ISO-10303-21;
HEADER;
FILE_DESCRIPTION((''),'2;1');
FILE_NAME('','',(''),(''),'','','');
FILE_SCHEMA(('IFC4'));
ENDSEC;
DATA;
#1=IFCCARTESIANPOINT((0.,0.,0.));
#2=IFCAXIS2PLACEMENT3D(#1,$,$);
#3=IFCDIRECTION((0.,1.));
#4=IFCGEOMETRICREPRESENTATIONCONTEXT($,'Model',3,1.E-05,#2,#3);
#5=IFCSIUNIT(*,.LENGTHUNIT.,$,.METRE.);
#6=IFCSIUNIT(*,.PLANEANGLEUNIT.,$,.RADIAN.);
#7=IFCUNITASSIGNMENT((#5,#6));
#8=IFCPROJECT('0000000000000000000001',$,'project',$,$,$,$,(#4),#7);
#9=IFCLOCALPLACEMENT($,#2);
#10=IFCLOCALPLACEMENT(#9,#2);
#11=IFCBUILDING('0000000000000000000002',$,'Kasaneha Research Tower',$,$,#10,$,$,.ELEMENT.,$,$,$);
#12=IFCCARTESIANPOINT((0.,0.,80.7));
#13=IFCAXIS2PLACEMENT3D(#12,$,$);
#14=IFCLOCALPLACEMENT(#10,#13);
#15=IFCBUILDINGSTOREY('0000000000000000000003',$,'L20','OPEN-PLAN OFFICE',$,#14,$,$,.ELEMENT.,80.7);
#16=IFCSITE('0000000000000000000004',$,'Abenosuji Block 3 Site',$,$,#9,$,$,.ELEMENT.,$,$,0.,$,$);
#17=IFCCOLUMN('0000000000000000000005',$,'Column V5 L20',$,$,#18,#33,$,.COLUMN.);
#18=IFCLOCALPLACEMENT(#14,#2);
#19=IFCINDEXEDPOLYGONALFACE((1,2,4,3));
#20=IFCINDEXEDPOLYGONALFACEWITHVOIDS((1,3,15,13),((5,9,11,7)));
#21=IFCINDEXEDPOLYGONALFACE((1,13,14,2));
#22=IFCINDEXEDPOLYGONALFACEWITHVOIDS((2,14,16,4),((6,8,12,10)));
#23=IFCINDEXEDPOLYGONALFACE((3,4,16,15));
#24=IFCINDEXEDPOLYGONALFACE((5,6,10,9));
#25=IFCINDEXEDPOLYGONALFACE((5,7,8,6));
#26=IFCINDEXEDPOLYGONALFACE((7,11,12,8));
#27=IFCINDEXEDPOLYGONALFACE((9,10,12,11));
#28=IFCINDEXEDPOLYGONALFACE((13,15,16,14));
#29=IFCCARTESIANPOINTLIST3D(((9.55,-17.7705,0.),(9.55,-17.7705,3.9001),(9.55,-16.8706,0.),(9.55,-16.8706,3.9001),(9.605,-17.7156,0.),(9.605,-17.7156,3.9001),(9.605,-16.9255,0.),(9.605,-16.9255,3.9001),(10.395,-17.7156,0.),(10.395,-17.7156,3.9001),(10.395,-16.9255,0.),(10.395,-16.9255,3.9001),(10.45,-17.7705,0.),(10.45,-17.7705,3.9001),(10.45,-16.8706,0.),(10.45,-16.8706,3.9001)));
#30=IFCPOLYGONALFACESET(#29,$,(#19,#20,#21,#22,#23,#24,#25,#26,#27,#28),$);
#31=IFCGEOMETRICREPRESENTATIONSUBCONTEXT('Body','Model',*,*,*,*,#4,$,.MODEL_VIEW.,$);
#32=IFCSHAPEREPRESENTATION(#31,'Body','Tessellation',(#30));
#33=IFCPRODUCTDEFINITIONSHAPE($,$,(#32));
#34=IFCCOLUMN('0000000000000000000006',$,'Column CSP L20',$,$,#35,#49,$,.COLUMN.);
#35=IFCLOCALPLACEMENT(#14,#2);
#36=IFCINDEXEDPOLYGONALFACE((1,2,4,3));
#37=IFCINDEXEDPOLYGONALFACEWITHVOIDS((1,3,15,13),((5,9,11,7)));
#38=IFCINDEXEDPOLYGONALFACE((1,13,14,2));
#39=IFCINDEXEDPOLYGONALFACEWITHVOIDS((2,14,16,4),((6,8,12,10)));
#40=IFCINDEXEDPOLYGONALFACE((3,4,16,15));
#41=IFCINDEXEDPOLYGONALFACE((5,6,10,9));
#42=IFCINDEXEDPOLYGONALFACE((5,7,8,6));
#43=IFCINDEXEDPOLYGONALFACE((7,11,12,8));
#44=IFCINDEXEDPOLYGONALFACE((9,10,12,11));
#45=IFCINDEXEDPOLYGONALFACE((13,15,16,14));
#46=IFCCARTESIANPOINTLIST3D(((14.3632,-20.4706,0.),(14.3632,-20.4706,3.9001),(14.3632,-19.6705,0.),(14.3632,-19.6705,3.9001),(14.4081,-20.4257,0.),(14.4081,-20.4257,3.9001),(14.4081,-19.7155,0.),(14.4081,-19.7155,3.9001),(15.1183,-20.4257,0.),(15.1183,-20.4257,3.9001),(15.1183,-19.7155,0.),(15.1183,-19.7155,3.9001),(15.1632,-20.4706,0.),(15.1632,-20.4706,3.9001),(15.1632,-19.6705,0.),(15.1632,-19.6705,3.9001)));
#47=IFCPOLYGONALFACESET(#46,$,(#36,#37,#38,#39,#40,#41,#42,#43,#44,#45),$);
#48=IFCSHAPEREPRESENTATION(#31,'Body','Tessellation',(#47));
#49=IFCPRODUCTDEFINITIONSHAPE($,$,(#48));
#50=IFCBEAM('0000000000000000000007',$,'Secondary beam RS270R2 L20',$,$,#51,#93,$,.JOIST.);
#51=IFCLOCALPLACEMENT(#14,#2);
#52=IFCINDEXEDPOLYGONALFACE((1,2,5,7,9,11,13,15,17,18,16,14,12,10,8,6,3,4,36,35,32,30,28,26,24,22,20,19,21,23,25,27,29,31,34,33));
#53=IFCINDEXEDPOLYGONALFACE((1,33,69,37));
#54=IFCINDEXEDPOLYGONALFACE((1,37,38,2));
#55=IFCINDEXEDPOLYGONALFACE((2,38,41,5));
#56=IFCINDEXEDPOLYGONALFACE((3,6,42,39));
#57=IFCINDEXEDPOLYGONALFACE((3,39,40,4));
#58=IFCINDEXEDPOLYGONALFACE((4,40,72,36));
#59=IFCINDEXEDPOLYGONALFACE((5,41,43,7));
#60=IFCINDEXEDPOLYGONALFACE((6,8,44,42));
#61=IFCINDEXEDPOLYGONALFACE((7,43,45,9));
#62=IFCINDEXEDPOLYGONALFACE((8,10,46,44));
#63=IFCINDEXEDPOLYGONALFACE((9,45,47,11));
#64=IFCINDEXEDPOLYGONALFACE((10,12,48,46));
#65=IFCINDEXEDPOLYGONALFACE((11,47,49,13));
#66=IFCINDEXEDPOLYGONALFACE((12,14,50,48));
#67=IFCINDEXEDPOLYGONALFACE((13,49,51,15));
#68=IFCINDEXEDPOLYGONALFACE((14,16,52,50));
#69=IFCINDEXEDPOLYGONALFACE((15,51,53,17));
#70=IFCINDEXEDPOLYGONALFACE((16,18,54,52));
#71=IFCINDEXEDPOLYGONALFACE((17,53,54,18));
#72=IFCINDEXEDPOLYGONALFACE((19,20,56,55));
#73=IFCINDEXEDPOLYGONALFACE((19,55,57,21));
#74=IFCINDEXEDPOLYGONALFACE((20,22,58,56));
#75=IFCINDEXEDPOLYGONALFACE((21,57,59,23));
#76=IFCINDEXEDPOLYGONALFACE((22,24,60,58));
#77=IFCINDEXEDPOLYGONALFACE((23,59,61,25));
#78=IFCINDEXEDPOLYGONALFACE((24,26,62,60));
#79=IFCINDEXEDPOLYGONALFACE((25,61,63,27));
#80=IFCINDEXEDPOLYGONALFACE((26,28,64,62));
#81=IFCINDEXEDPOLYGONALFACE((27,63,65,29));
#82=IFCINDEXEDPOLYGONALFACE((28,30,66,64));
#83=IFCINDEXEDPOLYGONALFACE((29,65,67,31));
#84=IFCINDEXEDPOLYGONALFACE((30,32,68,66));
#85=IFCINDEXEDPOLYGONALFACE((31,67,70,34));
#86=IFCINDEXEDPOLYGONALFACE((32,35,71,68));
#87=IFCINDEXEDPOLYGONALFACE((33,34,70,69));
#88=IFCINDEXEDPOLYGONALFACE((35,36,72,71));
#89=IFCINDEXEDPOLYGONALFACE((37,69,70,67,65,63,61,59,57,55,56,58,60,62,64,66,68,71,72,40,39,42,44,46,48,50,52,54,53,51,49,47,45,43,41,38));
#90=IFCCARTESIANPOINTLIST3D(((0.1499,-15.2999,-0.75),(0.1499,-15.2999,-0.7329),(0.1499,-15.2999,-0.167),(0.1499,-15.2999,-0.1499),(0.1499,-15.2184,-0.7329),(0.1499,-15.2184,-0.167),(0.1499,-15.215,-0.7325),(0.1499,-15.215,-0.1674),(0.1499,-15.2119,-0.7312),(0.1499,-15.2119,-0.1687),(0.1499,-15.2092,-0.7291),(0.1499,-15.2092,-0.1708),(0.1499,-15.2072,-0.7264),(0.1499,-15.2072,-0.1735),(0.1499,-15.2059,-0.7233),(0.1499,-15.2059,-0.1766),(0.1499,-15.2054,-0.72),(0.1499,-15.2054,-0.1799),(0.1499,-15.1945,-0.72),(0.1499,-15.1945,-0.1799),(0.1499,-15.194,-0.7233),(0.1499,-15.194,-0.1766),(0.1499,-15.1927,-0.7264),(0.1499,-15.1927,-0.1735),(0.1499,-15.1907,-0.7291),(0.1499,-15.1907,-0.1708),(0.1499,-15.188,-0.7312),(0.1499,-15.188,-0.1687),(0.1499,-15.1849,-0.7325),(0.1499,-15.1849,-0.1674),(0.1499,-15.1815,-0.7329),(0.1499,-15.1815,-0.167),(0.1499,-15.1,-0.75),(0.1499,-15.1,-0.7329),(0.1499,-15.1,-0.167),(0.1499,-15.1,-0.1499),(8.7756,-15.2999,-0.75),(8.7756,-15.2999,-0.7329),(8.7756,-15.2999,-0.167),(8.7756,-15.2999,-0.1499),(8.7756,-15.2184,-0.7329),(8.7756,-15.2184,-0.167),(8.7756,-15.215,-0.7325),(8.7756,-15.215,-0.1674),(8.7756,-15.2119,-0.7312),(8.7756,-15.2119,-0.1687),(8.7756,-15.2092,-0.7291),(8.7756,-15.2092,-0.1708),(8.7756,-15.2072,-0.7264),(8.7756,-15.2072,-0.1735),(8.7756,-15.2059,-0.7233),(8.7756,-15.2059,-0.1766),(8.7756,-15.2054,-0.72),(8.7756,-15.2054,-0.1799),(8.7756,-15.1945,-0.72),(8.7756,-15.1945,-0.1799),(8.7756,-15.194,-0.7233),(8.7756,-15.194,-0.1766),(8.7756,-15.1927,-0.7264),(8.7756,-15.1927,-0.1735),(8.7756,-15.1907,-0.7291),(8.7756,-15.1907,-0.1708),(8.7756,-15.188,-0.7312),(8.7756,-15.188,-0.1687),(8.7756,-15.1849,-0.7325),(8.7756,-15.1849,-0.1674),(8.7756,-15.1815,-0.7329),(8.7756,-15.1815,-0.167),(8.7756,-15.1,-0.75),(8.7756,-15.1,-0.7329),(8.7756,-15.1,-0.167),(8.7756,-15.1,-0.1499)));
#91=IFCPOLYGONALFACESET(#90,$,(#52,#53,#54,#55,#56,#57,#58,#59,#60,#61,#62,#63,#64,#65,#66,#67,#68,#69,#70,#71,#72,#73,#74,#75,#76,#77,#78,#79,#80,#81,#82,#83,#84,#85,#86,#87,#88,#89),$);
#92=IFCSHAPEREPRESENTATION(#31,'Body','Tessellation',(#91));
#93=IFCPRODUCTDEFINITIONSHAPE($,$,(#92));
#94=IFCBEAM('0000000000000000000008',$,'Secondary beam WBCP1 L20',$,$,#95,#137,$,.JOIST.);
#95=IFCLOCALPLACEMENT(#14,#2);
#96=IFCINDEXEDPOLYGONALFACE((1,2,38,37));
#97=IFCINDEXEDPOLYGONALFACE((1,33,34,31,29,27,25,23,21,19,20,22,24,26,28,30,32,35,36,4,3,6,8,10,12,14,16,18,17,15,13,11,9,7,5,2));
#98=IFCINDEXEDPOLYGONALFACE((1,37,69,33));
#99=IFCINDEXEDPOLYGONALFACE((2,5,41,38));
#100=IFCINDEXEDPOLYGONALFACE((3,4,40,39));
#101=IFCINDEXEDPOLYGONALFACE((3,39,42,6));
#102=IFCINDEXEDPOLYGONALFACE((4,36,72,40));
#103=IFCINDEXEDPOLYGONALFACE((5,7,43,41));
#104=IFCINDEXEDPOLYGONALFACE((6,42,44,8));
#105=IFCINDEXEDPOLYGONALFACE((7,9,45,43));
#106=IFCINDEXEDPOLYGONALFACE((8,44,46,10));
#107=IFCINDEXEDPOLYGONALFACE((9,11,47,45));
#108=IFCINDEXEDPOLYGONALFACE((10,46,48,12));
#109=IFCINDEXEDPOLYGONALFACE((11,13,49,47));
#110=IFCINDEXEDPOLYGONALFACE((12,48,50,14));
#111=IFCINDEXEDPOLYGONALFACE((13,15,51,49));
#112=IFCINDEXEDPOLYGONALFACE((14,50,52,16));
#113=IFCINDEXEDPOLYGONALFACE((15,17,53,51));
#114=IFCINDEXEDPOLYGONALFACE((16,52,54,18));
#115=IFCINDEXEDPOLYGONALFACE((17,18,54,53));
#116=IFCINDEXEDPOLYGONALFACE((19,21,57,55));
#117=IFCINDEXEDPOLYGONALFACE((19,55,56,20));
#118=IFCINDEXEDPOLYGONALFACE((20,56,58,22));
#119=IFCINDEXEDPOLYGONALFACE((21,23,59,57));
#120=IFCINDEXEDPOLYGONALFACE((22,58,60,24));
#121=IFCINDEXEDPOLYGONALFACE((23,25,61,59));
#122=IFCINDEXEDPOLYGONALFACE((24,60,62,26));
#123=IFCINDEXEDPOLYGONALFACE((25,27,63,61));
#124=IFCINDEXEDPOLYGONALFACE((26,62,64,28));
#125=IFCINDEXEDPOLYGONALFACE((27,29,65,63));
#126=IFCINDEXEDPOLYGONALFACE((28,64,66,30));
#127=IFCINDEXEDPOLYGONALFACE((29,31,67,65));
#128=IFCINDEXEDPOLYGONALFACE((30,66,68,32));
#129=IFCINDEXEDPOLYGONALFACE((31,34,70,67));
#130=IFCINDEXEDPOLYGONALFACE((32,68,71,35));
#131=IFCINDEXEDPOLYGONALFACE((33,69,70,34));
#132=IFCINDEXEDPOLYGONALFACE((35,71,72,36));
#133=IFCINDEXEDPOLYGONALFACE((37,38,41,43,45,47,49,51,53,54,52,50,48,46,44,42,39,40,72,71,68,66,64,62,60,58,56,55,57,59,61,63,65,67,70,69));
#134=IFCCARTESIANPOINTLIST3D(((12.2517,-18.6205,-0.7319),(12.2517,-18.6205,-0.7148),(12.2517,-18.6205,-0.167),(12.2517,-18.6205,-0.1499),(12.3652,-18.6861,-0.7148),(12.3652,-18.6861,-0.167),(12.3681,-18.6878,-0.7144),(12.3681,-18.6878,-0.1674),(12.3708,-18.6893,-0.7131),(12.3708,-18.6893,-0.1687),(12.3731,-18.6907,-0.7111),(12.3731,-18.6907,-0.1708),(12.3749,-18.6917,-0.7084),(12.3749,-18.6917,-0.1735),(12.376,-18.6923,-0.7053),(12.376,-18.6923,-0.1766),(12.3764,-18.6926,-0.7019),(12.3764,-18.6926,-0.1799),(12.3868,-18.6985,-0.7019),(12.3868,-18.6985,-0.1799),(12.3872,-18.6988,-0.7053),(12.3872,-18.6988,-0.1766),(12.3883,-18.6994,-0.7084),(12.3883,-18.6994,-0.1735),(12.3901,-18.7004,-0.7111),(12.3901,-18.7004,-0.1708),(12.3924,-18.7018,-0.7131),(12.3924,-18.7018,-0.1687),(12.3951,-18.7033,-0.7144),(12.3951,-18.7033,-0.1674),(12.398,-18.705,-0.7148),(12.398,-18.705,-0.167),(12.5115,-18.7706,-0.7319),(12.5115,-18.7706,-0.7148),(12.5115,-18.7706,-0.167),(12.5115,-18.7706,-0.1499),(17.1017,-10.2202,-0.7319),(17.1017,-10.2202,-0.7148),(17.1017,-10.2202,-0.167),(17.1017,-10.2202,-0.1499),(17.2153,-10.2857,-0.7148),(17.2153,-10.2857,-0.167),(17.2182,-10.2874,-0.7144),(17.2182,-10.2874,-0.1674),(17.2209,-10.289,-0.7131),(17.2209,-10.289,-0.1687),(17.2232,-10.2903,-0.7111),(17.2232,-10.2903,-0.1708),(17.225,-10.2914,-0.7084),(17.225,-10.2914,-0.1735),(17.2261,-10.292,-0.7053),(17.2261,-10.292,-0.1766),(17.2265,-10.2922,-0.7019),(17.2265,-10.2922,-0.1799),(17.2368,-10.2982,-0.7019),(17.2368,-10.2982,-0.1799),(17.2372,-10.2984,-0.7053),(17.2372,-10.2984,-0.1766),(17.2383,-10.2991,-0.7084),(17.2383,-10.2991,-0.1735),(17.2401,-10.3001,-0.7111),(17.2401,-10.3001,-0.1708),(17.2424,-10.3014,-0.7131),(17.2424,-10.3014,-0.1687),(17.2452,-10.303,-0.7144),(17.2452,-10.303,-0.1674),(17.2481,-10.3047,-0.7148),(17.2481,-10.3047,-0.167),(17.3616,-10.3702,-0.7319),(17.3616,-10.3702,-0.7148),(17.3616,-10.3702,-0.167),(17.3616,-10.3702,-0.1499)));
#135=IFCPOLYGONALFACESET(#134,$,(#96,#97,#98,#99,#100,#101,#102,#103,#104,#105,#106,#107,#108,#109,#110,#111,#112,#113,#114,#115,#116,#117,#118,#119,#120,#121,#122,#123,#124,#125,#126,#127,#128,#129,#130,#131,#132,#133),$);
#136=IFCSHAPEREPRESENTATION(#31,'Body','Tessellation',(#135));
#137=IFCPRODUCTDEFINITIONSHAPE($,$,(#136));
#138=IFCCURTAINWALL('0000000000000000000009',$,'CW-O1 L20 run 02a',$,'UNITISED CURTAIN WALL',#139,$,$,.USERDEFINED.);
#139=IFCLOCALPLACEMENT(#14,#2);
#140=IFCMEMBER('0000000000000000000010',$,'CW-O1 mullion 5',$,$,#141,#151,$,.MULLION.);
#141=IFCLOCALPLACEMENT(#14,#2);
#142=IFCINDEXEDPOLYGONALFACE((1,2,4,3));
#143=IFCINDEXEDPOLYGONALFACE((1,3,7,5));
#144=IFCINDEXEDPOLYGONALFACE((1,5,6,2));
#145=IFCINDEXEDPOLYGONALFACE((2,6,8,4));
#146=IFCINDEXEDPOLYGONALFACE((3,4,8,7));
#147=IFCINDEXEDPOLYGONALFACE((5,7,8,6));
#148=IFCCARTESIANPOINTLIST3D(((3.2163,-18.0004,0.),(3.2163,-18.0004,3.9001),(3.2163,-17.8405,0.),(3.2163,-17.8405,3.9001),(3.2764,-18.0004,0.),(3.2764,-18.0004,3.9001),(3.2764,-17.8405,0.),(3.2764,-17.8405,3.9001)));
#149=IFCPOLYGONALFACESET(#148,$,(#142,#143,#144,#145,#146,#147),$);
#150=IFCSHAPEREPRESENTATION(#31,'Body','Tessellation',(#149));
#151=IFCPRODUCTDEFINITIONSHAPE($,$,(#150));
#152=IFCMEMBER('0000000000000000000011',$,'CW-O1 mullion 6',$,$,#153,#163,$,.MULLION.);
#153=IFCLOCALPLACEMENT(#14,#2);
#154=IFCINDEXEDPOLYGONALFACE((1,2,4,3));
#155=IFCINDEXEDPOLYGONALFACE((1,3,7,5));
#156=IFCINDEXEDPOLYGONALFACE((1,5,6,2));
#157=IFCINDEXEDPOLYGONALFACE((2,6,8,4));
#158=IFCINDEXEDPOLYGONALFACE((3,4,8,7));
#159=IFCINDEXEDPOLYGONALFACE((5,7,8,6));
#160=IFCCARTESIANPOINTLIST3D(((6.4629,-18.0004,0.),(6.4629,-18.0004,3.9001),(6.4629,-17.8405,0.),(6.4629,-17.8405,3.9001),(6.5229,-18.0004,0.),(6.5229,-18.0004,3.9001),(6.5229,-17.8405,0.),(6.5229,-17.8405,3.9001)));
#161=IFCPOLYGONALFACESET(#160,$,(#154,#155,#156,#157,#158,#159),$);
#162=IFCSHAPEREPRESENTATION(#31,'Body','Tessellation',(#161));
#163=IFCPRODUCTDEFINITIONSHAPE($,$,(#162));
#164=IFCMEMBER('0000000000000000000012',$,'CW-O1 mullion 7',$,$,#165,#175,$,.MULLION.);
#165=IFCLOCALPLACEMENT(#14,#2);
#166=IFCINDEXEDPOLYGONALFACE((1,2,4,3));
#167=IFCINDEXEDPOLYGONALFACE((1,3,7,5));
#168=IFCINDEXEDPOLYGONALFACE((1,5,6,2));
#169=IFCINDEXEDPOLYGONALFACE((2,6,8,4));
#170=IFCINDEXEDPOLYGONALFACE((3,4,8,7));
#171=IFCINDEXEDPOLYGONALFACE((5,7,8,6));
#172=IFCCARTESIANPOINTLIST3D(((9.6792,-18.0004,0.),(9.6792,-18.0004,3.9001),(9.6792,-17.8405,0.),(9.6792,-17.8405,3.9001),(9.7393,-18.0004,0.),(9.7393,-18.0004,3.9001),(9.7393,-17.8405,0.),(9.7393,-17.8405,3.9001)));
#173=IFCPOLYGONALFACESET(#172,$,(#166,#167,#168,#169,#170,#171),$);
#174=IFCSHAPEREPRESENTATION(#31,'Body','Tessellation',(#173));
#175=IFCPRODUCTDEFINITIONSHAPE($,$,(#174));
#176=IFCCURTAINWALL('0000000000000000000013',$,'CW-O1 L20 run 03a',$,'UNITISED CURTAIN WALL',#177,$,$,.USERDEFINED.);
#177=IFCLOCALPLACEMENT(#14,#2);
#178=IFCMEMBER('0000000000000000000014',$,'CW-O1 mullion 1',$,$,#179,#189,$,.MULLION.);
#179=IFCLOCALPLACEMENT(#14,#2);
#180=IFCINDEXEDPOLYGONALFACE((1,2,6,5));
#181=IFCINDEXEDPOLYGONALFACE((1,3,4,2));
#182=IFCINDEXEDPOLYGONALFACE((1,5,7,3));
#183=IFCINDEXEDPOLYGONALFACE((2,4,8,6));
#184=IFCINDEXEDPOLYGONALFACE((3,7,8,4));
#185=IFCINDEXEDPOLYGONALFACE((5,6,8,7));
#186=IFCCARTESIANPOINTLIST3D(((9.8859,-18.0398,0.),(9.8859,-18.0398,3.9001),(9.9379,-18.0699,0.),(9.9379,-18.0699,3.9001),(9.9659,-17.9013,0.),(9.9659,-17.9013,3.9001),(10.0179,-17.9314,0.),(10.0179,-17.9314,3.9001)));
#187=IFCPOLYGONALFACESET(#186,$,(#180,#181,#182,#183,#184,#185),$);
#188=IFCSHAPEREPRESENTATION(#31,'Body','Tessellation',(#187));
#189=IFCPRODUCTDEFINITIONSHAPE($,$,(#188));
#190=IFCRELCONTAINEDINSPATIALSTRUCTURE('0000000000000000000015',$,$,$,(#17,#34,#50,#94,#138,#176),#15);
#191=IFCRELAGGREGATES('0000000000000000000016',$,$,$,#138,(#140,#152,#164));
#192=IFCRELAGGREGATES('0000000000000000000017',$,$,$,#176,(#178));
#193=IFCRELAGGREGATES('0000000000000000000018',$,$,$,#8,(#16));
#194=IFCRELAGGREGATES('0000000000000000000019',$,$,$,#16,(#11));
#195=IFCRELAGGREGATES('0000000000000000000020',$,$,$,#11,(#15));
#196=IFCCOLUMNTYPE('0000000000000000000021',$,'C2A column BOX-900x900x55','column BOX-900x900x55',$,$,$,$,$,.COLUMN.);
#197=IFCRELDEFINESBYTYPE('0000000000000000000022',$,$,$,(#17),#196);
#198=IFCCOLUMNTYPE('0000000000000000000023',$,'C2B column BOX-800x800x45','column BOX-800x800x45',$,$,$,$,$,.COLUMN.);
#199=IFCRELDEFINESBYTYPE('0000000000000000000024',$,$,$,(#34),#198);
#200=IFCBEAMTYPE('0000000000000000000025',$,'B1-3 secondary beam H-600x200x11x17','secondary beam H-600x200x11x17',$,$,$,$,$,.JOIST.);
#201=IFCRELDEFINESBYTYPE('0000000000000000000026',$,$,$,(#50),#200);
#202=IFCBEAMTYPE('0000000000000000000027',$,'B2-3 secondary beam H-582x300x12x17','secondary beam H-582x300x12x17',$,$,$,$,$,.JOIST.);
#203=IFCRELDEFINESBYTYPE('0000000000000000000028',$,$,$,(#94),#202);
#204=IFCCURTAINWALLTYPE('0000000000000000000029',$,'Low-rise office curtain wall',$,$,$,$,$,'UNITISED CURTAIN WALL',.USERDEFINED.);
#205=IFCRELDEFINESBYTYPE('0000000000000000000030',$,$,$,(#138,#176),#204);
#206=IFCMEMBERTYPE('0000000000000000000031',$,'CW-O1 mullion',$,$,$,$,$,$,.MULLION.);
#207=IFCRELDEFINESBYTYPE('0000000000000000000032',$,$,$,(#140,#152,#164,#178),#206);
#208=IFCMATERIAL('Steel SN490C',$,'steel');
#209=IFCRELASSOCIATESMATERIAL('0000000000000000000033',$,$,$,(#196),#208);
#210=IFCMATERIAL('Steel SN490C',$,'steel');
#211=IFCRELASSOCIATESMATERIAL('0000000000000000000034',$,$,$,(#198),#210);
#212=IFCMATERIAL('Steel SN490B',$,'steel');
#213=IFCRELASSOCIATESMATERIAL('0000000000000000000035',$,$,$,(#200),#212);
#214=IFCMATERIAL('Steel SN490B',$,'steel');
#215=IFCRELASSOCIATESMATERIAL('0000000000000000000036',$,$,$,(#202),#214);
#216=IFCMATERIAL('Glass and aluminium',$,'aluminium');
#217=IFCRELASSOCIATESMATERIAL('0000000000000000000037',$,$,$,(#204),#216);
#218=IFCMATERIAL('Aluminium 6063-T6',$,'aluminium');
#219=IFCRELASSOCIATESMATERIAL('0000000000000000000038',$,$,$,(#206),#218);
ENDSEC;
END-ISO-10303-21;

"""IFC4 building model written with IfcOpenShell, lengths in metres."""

from ifc_helpers import new_model, si_unit, direction, frame, origin, origin_2d, place, context, subcontext, project, spatial, rectangle, hollow_rectangle, i_section, extrude, material, material_profile, profile_set, type_object, element, aggregate, save


model = new_model("IFC4")

# Units and contexts
model_context = context("Model", 3, precision=1e-05, world=origin(), true_north=direction((0.0, 1.0)))
body_context = subcontext(model_context, "Body", "Model", "MODEL_VIEW")
ifc_project = project(units=[si_unit("LENGTHUNIT", "METRE"), si_unit("PLANEANGLEUNIT", "RADIAN")], contexts=[model_context])

# Site, building, storey
site_placement = place(None, origin())
site = spatial("IfcSite", under=ifc_project, at=site_placement, Name="Abenosuji Block 3 Site", CompositionType="ELEMENT", RefElevation=0.0)
building_placement = place(site_placement, origin())
building = spatial("IfcBuilding", under=site, at=building_placement, Name="Kasaneha Research Tower", CompositionType="ELEMENT")
storey_placement = place(building_placement, frame((0.0, 0.0, 80.7)))
storey = spatial("IfcBuildingStorey", under=building, at=storey_placement, Name="L20", Description="OPEN-PLAN OFFICE", CompositionType="ELEMENT", Elevation=80.7)

# Columns
ifc_material_1 = material(Name="Steel SN490C", Category="steel")
ifc_material_profile_1 = material_profile(ifc_material_1, hollow_rectangle(XDim=0.8999, YDim=0.8999, WallThickness=0.0549, at=origin_2d()), Name="BOX-900x900x55")
ifc_profile_set_1 = profile_set([ifc_material_profile_1], Name="Steel SN490C")
column_type_1 = type_object("IfcColumnType", Name="C2A column BOX-900x900x55", Description="column BOX-900x900x55", PredefinedType="COLUMN", material=ifc_profile_set_1)
column_1_placement = place(storey_placement, frame((10.0, -17.3206, 0.0), z_axis=(0.0, 0.0, 1.0), x_axis=(1.0, 0.0, 0.0)))
element("IfcColumn", 1, at=column_1_placement, inside=storey, type_object=column_type_1, Name="Column V5 L20", PredefinedType="COLUMN", context=body_context, shape_type="SweptSolid", body=[
    extrude(hollow_rectangle(XDim=0.8999, YDim=0.8999, WallThickness=0.0549, at=origin_2d()), origin(), (0.0, 0.0, 1.0), 3.9001),
])
ifc_material_2 = material(Name="Steel SN490C", Category="steel")
ifc_material_profile_2 = material_profile(ifc_material_2, hollow_rectangle(XDim=0.8, YDim=0.8, WallThickness=0.0449, at=origin_2d()), Name="BOX-800x800x45")
ifc_profile_set_2 = profile_set([ifc_material_profile_2], Name="Steel SN490C")
column_type_2 = type_object("IfcColumnType", Name="C2B column BOX-800x800x45", Description="column BOX-800x800x45", PredefinedType="COLUMN", material=ifc_profile_set_2)
column_2_placement = place(storey_placement, frame((14.7632, -20.0706, 0.0), z_axis=(0.0, 0.0, 1.0), x_axis=(1.0, 0.0, 0.0)))
element("IfcColumn", 2, at=column_2_placement, inside=storey, type_object=column_type_2, Name="Column CSP L20", PredefinedType="COLUMN", context=body_context, shape_type="SweptSolid", body=[
    extrude(hollow_rectangle(XDim=0.8, YDim=0.8, WallThickness=0.0449, at=origin_2d()), origin(), (0.0, 0.0, 1.0), 3.9001),
])

# Beams
ifc_material_3 = material(Name="Steel SN490B", Category="steel")
ifc_material_profile_3 = material_profile(ifc_material_3, i_section(OverallWidth=0.2, OverallDepth=0.6001, WebThickness=0.011, FlangeThickness=0.0171, FilletRadius=0.0129, at=origin_2d()), Name="H-600x200x11x17")
ifc_profile_set_3 = profile_set([ifc_material_profile_3], Name="Steel SN490B")
beam_type_1 = type_object("IfcBeamType", Name="B1-3 secondary beam H-600x200x11x17", Description="secondary beam H-600x200x11x17", PredefinedType="JOIST", material=ifc_profile_set_3)
beam_1_placement = place(storey_placement, frame((8.7756, -15.2, -0.45), z_axis=(-1.0, 0.0, 0.0), x_axis=(0.0, -1.0, 0.0)))
element("IfcBeam", 3, at=beam_1_placement, inside=storey, type_object=beam_type_1, Name="Secondary beam RS270R2 L20", PredefinedType="JOIST", context=body_context, shape_type="SweptSolid", body=[
    extrude(i_section(OverallWidth=0.2, OverallDepth=0.6001, WebThickness=0.011, FlangeThickness=0.0171, FilletRadius=0.0129, at=origin_2d()), origin(), (0.0, 0.0, 1.0), 8.6257),
])
ifc_material_4 = material(Name="Steel SN490B", Category="steel")
ifc_material_profile_4 = material_profile(ifc_material_4, i_section(OverallWidth=0.3, OverallDepth=0.582, WebThickness=0.012, FlangeThickness=0.0171, FilletRadius=0.0129, at=origin_2d()), Name="H-582x300x12x17")
ifc_profile_set_4 = profile_set([ifc_material_profile_4], Name="Steel SN490B")
beam_type_2 = type_object("IfcBeamType", Name="B2-3 secondary beam H-582x300x12x17", Description="secondary beam H-582x300x12x17", PredefinedType="JOIST", material=ifc_profile_set_4)
beam_2_placement = place(storey_placement, frame((12.3816, -18.6956, -0.4409), z_axis=(0.50001, 0.86602, 0.0), x_axis=(-0.86602, 0.50001, 0.0)))
element("IfcBeam", 4, at=beam_2_placement, inside=storey, type_object=beam_type_2, Name="Secondary beam WBCP1 L20", PredefinedType="JOIST", context=body_context, shape_type="SweptSolid", body=[
    extrude(i_section(OverallWidth=0.3, OverallDepth=0.582, WebThickness=0.012, FlangeThickness=0.0171, FilletRadius=0.0129, at=origin_2d()), origin(), (0.0, 0.0, 1.0), 9.7),
])

# Curtain walls, members
ifc_material_5 = material(Name="Glass and aluminium", Category="aluminium")
curtain_wall_type = type_object("IfcCurtainWallType", Name="Low-rise office curtain wall", ElementType="UNITISED CURTAIN WALL", PredefinedType="USERDEFINED", material=ifc_material_5)
curtain_wall_1_placement = place(storey_placement, origin())
curtain_wall_1 = element("IfcCurtainWall", 5, at=curtain_wall_1_placement, inside=storey, type_object=curtain_wall_type, Name="CW-O1 L20 run 02a", ObjectType="UNITISED CURTAIN WALL", PredefinedType="USERDEFINED")
ifc_material_6 = material(Name="Aluminium 6063-T6", Category="aluminium")
ifc_material_profile_5 = material_profile(ifc_material_6, rectangle(XDim=0.0601, YDim=0.1599, at=origin_2d()), Name="CW-O1 mullion 60x160")
ifc_profile_set_5 = profile_set([ifc_material_profile_5], Name="Aluminium 6063-T6")
member_type_1 = type_object("IfcMemberType", Name="CW-O1 mullion", PredefinedType="MULLION", material=ifc_profile_set_5)
member_1_placement = place(storey_placement, frame((3.2463, -17.9204, 0.0), z_axis=(0.0, 0.0, 1.0), x_axis=(1.0, 0.0, 0.0)))
member_1 = element("IfcMember", 6, at=member_1_placement, type_object=member_type_1, Name="CW-O1 mullion 5", PredefinedType="MULLION", context=body_context, shape_type="SweptSolid", body=[
    extrude(rectangle(XDim=0.0601, YDim=0.1599, at=origin_2d()), origin(), (0.0, 0.0, 1.0), 3.9001),
])
member_2_placement = place(storey_placement, frame((6.4929, -17.9204, 0.0), z_axis=(0.0, 0.0, 1.0), x_axis=(1.0, 0.0, 0.0)))
member_2 = element("IfcMember", 7, at=member_2_placement, type_object=member_type_1, Name="CW-O1 mullion 6", PredefinedType="MULLION", context=body_context, shape_type="SweptSolid", body=[
    extrude(rectangle(XDim=0.0601, YDim=0.1599, at=origin_2d()), origin(), (0.0, 0.0, 1.0), 3.9001),
])
member_3_placement = place(storey_placement, frame((9.7092, -17.9204, 0.0), z_axis=(0.0, 0.0, 1.0), x_axis=(1.0, 0.0, 0.0)))
member_3 = element("IfcMember", 8, at=member_3_placement, type_object=member_type_1, Name="CW-O1 mullion 7", PredefinedType="MULLION", context=body_context, shape_type="SweptSolid", body=[
    extrude(rectangle(XDim=0.0601, YDim=0.1599, at=origin_2d()), origin(), (0.0, 0.0, 1.0), 3.9001),
])
curtain_wall_2_placement = place(storey_placement, origin())
curtain_wall_2 = element("IfcCurtainWall", 9, at=curtain_wall_2_placement, inside=storey, type_object=curtain_wall_type, Name="CW-O1 L20 run 03a", ObjectType="UNITISED CURTAIN WALL", PredefinedType="USERDEFINED")
member_4_placement = place(storey_placement, frame((9.9519, -17.9856, 0.0), z_axis=(0.0, 0.0, 1.0), x_axis=(0.866025, -0.5, 0.0)))
member_4 = element("IfcMember", 10, at=member_4_placement, type_object=member_type_1, Name="CW-O1 mullion 1", PredefinedType="MULLION", context=body_context, shape_type="SweptSolid", body=[
    extrude(rectangle(XDim=0.0601, YDim=0.1599, at=origin_2d()), origin(), (0.0, 0.0, 1.0), 3.9001),
])

aggregate(curtain_wall_1, [member_1, member_2, member_3])
aggregate(curtain_wall_2, [member_4])

save(model, "model.ifc")
